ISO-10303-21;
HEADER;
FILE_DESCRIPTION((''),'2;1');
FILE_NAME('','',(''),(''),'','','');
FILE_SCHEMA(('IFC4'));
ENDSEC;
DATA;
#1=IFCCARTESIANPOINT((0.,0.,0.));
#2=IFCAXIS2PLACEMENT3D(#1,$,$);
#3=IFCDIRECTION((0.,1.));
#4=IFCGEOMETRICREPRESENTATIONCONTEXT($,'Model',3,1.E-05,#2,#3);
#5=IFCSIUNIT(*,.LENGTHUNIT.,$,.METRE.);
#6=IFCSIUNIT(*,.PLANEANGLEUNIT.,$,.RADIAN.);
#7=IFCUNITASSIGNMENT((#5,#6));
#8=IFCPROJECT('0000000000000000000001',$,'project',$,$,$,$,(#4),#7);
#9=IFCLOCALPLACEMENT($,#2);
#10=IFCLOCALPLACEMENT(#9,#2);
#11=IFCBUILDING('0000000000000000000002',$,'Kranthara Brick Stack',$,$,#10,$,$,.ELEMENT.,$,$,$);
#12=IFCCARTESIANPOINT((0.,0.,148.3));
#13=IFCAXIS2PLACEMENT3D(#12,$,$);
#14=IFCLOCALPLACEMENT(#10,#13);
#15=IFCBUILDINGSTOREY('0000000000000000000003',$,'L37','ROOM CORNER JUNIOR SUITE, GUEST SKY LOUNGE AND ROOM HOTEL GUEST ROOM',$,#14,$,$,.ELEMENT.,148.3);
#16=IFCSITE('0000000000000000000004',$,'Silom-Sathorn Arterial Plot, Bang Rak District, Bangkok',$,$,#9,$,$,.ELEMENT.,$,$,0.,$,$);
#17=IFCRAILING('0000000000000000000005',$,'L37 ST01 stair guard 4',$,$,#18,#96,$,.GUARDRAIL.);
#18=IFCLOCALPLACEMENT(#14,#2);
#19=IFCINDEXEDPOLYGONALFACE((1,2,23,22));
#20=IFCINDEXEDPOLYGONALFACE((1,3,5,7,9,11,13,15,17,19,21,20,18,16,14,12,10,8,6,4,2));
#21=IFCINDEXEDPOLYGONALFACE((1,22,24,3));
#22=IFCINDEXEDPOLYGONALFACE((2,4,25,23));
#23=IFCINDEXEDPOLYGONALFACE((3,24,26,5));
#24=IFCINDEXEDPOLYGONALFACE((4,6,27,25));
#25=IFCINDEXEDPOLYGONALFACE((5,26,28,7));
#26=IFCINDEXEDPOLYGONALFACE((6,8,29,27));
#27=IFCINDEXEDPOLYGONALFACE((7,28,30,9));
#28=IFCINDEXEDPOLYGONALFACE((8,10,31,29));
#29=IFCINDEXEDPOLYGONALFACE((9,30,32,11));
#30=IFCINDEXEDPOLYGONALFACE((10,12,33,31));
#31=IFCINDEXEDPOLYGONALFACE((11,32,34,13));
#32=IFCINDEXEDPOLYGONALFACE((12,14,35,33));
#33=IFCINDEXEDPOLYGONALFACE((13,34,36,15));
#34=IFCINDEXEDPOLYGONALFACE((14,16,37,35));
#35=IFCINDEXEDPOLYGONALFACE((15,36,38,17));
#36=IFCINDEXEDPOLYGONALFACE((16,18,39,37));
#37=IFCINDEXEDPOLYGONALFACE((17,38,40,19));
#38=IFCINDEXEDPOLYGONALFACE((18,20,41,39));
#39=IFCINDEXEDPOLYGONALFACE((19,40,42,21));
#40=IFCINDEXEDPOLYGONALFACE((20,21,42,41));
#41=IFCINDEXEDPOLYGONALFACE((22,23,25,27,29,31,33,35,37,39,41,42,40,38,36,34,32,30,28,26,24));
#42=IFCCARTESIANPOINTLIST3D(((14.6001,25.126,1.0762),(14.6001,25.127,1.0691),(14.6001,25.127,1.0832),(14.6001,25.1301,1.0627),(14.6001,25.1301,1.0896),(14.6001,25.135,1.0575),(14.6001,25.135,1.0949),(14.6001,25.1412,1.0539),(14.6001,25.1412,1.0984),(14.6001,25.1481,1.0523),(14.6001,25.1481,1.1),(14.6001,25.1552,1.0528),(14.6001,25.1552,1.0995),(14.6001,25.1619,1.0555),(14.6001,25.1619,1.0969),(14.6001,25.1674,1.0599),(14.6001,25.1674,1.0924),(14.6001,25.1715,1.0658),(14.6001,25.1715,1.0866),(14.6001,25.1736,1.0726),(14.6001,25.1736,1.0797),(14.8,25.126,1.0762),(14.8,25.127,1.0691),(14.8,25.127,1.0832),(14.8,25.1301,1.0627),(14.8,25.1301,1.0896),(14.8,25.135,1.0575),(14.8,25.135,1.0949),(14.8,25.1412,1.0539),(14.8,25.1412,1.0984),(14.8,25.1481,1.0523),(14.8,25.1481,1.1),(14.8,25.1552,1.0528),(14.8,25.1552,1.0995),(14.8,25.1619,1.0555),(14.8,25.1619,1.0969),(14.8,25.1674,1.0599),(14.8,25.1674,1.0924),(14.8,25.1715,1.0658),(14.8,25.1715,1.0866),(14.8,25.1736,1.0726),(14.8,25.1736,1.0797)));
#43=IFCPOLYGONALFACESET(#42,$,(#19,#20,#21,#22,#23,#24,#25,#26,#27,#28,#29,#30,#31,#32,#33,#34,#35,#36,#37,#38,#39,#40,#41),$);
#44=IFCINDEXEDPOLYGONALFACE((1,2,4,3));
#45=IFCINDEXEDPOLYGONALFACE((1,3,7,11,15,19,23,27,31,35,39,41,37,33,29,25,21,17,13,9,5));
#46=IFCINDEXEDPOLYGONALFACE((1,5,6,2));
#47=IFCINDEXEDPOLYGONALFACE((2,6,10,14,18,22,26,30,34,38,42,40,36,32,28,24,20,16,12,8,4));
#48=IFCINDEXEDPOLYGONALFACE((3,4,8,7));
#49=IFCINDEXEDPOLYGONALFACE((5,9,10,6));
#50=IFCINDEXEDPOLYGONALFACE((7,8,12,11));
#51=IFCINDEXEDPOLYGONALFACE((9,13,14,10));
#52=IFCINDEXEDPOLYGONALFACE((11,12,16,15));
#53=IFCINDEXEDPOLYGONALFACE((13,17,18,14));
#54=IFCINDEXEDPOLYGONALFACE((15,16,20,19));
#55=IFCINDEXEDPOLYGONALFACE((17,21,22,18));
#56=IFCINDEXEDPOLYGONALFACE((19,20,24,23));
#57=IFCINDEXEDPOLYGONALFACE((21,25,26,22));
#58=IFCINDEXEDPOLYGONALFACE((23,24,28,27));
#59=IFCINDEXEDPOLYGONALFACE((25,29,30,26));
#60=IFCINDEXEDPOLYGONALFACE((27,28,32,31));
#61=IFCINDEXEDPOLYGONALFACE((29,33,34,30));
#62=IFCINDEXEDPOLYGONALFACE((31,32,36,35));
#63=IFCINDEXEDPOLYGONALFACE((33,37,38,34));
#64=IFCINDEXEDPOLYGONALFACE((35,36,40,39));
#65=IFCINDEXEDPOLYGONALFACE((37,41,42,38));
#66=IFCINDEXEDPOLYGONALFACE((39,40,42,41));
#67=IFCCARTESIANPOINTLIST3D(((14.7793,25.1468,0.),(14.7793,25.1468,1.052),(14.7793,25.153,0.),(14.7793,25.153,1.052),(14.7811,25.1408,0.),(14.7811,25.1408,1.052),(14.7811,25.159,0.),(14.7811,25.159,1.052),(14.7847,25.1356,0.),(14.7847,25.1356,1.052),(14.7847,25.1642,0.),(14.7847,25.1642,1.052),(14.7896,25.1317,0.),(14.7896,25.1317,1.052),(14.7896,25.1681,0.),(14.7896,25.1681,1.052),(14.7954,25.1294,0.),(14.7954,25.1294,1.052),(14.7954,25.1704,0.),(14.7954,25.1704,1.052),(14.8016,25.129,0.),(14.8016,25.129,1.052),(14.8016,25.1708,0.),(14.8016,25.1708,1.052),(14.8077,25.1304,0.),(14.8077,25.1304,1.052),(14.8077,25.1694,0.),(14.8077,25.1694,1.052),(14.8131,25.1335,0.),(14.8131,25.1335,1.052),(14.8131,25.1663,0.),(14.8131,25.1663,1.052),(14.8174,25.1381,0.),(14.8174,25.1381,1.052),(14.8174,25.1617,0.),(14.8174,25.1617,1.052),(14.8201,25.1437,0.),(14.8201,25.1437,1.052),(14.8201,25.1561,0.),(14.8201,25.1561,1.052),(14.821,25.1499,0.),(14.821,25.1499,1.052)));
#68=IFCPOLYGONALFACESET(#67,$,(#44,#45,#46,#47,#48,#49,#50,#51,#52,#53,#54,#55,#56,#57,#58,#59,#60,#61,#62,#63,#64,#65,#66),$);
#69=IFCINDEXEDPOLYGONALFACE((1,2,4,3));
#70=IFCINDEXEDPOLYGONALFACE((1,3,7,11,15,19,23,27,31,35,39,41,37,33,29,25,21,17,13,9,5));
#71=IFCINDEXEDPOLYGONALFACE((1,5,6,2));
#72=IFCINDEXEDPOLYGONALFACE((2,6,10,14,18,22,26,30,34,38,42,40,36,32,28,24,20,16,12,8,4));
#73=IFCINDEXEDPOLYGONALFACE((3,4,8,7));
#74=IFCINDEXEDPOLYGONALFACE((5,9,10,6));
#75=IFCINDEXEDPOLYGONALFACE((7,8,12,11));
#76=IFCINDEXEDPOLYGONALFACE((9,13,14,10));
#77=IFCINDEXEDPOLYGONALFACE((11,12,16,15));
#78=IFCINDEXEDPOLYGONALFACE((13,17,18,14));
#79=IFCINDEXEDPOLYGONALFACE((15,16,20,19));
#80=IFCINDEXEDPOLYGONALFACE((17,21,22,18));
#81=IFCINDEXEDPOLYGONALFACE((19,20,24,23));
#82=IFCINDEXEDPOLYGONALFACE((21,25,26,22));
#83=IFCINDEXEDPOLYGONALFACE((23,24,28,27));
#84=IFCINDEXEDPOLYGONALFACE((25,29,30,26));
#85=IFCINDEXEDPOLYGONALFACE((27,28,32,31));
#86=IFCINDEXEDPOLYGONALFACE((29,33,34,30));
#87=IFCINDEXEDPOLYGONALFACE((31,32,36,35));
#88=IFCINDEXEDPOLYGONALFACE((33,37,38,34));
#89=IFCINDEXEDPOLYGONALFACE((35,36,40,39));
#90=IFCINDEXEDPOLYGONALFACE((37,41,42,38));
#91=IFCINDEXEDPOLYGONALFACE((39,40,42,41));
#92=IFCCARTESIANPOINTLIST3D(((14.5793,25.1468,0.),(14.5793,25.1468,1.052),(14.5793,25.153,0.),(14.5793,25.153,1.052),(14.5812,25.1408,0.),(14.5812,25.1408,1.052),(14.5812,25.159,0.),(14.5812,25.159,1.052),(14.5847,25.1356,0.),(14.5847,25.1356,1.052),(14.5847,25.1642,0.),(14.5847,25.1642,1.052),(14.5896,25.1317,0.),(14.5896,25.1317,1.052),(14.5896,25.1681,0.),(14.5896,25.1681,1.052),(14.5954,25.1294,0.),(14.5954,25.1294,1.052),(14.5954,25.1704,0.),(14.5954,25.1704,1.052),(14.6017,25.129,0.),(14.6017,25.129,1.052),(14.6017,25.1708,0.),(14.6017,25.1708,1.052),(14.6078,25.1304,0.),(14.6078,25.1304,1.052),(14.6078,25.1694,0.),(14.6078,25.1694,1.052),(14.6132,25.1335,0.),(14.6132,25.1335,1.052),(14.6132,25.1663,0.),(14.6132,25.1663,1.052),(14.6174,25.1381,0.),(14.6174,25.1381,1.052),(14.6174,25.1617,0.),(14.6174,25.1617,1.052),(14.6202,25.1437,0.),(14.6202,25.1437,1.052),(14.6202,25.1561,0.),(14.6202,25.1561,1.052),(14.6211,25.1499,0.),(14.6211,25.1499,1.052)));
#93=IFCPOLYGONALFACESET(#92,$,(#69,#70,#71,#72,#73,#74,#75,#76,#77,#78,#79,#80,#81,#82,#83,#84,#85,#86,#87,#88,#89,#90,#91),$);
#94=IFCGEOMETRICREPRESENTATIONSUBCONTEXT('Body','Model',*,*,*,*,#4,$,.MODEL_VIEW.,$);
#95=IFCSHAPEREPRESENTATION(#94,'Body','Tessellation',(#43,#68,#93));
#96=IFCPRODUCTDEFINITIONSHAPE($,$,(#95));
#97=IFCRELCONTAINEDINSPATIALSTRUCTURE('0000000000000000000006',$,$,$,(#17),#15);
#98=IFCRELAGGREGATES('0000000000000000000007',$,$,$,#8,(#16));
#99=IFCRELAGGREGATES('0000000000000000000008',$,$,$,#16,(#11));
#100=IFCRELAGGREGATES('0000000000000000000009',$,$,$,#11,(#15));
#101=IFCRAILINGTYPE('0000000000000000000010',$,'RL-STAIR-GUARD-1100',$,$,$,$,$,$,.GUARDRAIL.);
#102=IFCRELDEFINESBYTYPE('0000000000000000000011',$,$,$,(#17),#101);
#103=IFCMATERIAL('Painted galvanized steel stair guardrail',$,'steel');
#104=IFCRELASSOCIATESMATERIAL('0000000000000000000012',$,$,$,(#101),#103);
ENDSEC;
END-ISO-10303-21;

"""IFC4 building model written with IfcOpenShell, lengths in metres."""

from ifc_helpers import new_model, si_unit, direction, frame, origin, origin_2d, place, context, subcontext, project, spatial, circle, extrude, material, type_object, element, save


model = new_model("IFC4")

# Units and contexts
model_context = context("Model", 3, precision=1e-05, world=origin(), true_north=direction((0.0, 1.0)))
body_context = subcontext(model_context, "Body", "Model", "MODEL_VIEW")
ifc_project = project(units=[si_unit("LENGTHUNIT", "METRE"), si_unit("PLANEANGLEUNIT", "RADIAN")], contexts=[model_context])

# Site, building, storey
site_placement = place(None, origin())
site = spatial("IfcSite", under=ifc_project, at=site_placement, Name="Silom-Sathorn Arterial Plot, Bang Rak District, Bangkok", CompositionType="ELEMENT", RefElevation=0.0)
building_placement = place(site_placement, origin())
building = spatial("IfcBuilding", under=site, at=building_placement, Name="Kranthara Brick Stack", CompositionType="ELEMENT")
storey_placement = place(building_placement, frame((0.0, 0.0, 148.3)))
storey = spatial("IfcBuildingStorey", under=building, at=storey_placement, Name="L37", Description="ROOM CORNER JUNIOR SUITE, GUEST SKY LOUNGE AND ROOM HOTEL GUEST ROOM", CompositionType="ELEMENT", Elevation=148.3)

# Railing
ifc_material_1 = material(Name="Painted galvanized steel stair guardrail", Category="steel")
railing_type_1 = type_object("IfcRailingType", Name="RL-STAIR-GUARD-1100", PredefinedType="GUARDRAIL", material=ifc_material_1)
railing_1_placement = place(storey_placement, frame((14.8, 25.1499, 0.0)))
element("IfcRailing", 1, at=railing_1_placement, inside=storey, type_object=railing_type_1, Name="L37 ST01 stair guard 4", PredefinedType="GUARDRAIL", context=body_context, shape_type="SweptSolid", body=[
    extrude(circle(Radius=0.0239, at=origin_2d()), frame((0.0, 0.0, 1.0762), z_axis=(-1.0, 0.0, 0.0), x_axis=(0.0, -1.0, 0.0)), (0.0, 0.0, 1.0), 0.2),
    extrude(circle(Radius=0.021, at=origin_2d()), origin(), (0.0, 0.0, 1.0), 1.052),
    extrude(circle(Radius=0.021, at=origin_2d()), frame((-0.2, 0.0, 0.0)), (0.0, 0.0, 1.0), 1.052),
])

save(model, "model.ifc")
